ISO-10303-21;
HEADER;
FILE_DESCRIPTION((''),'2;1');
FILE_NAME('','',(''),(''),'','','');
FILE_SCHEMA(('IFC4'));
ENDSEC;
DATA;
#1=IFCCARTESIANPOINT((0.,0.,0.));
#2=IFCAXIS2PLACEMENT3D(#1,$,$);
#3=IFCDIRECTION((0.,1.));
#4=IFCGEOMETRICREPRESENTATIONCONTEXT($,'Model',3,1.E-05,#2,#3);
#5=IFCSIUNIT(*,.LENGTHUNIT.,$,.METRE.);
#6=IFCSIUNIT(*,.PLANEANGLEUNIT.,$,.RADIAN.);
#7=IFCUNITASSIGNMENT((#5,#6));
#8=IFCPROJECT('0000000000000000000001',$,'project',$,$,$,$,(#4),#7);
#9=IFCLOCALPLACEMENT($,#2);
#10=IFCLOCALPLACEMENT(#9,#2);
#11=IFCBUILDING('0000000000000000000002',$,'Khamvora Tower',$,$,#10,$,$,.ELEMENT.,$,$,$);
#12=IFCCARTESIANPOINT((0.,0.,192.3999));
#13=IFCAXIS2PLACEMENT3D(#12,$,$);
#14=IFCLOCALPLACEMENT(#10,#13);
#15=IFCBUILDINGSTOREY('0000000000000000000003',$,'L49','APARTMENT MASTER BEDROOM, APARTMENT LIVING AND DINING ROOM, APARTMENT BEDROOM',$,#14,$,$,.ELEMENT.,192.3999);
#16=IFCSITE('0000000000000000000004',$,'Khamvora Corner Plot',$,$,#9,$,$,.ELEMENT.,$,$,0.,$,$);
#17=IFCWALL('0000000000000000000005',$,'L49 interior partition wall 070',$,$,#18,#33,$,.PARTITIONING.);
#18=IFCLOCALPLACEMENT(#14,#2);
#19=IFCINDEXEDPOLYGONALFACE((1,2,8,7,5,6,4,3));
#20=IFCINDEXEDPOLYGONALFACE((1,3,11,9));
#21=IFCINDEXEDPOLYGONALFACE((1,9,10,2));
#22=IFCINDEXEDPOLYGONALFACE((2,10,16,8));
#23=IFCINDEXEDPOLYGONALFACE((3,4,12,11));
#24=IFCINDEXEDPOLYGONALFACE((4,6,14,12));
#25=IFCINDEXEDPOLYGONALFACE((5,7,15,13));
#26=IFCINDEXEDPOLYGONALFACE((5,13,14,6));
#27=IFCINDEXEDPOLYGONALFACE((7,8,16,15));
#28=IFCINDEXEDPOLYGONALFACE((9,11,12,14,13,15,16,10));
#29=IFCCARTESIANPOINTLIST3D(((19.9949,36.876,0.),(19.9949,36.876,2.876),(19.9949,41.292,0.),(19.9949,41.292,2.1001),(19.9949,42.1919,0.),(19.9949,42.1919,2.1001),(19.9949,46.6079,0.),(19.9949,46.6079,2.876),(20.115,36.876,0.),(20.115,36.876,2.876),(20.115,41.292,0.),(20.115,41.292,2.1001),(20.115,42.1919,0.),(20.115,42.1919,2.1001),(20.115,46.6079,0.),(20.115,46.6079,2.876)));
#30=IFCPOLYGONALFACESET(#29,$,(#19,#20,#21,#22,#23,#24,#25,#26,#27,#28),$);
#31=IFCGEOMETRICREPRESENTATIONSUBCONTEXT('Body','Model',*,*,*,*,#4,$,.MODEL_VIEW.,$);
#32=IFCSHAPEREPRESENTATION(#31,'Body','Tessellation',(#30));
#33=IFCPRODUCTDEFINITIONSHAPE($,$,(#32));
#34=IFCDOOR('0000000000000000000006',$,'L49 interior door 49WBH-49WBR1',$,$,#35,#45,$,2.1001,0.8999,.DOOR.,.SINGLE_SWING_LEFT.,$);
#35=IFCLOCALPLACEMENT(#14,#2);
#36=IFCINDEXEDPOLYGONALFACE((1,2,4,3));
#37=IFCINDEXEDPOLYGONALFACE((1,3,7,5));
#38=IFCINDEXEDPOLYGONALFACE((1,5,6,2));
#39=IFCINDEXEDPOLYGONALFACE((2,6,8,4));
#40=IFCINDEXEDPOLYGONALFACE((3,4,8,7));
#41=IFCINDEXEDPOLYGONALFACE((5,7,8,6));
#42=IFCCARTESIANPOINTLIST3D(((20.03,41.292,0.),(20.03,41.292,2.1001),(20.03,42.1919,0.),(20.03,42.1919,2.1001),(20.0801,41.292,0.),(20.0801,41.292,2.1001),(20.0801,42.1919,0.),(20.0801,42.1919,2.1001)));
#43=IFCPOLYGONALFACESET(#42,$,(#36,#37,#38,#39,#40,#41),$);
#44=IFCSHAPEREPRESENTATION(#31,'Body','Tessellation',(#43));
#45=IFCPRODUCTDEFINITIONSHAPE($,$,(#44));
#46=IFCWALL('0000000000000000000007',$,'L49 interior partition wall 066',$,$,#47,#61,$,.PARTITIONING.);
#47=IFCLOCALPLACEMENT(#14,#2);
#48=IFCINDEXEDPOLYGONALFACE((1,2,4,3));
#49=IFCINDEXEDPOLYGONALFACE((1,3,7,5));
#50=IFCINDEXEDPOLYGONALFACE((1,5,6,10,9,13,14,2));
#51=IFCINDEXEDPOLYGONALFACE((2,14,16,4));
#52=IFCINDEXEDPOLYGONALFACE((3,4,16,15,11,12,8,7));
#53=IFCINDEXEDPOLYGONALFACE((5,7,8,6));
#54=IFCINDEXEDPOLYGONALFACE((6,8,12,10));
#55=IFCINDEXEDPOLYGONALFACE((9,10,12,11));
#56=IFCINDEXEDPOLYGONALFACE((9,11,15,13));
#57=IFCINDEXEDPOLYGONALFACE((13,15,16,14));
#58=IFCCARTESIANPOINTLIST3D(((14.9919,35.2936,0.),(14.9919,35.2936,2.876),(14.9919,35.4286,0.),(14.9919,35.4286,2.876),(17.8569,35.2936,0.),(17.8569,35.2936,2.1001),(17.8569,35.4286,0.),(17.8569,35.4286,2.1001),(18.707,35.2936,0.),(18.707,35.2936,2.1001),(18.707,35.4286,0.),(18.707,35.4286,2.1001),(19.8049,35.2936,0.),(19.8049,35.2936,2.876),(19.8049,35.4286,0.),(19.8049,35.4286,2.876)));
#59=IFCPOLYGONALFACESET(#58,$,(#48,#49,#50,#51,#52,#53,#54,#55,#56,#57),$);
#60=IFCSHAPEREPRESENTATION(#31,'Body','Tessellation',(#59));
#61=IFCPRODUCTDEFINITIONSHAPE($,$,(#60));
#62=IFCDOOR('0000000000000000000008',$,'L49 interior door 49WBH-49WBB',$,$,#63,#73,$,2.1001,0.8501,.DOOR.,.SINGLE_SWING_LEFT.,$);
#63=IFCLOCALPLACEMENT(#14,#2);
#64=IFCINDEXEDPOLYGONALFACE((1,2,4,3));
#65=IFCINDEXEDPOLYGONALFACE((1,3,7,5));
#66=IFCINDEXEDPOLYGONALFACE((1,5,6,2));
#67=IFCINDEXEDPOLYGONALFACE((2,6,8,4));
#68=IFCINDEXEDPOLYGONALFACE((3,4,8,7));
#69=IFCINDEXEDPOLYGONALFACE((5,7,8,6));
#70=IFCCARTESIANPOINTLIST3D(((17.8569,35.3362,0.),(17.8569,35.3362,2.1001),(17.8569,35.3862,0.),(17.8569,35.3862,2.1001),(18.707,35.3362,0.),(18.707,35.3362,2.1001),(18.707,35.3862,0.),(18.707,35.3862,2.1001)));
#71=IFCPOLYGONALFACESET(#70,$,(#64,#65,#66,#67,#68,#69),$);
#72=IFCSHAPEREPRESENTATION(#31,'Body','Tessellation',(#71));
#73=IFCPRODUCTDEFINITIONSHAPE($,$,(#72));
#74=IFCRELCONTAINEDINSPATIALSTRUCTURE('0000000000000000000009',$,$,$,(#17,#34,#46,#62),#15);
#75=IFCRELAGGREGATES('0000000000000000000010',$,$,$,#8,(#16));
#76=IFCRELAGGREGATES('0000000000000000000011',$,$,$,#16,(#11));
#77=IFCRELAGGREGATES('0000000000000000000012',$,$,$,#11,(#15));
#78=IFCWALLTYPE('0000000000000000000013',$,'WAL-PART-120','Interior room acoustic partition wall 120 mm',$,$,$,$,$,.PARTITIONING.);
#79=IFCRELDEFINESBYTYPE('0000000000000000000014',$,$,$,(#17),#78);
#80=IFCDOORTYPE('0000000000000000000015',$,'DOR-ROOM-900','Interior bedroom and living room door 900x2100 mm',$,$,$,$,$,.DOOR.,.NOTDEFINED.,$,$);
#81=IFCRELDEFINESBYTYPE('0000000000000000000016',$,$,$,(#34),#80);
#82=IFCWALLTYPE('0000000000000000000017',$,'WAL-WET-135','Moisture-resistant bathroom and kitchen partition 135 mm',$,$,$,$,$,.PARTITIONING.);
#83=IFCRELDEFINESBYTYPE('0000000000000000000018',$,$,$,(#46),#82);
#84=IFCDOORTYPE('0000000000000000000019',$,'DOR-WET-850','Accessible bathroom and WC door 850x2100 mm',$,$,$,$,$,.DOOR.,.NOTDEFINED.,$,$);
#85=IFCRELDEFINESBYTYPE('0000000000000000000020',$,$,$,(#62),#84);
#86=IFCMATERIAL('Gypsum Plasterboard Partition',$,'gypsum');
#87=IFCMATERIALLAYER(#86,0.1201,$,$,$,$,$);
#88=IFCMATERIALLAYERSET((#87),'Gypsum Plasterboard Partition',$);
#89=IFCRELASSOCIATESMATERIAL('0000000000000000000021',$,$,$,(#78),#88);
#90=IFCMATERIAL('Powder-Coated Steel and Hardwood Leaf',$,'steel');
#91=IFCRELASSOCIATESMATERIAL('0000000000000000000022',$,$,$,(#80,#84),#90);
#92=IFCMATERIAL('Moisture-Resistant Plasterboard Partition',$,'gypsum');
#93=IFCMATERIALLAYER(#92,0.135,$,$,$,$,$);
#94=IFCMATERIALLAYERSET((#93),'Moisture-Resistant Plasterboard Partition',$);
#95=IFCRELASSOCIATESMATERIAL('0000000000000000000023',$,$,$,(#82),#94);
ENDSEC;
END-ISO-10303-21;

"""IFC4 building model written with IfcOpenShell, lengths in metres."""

from ifc_helpers import new_model, si_unit, direction, frame, frame_2d, origin, place, context, subcontext, project, spatial, rectangle, extrude, material, layer, layer_set, type_object, element, fill, save


model = new_model("IFC4")

# Units and contexts
model_context = context("Model", 3, precision=1e-05, world=origin(), true_north=direction((0.0, 1.0)))
body_context = subcontext(model_context, "Body", "Model", "MODEL_VIEW")
ifc_project = project(units=[si_unit("LENGTHUNIT", "METRE"), si_unit("PLANEANGLEUNIT", "RADIAN")], contexts=[model_context])

# Site, building, storey
site_placement = place(None, origin())
site = spatial("IfcSite", under=ifc_project, at=site_placement, Name="Khamvora Corner Plot", CompositionType="ELEMENT", RefElevation=0.0)
building_placement = place(site_placement, origin())
building = spatial("IfcBuilding", under=site, at=building_placement, Name="Khamvora Tower", CompositionType="ELEMENT")
storey_placement = place(building_placement, frame((0.0, 0.0, 192.3999)))
storey = spatial("IfcBuildingStorey", under=building, at=storey_placement, Name="L49", Description="APARTMENT MASTER BEDROOM, APARTMENT LIVING AND DINING ROOM, APARTMENT BEDROOM", CompositionType="ELEMENT", Elevation=192.3999)

# Shared definitions
ifc_material_1 = material(Name="Gypsum Plasterboard Partition", Category="gypsum")
ifc_layer_1 = layer(ifc_material_1, 0.1201)
ifc_layer_set_1 = layer_set([ifc_layer_1], Name="Gypsum Plasterboard Partition")
wall_type_1 = type_object("IfcWallType", Name="WAL-PART-120", Description="Interior room acoustic partition wall 120 mm", PredefinedType="PARTITIONING", material=ifc_layer_set_1)

# Walls, openings, doors
wall_1_placement = place(storey_placement, frame((20.0549, 36.876, 0.0), z_axis=(0.0, 0.0, 1.0), x_axis=(0.0, 1.0, 0.0)))
wall_1 = element("IfcWall", 1, at=wall_1_placement, inside=storey, type_object=wall_type_1, Name="L49 interior partition wall 070", PredefinedType="PARTITIONING", context=body_context, shape_type="SweptSolid", body=[
    extrude(rectangle(XDim=9.7319, YDim=0.1201, at=frame_2d((4.866, 0.0))), origin(), (0.0, 0.0, 1.0), 2.876),
])
opening_1_placement = place(wall_1_placement, frame((4.416, 0.0, 0.0)))
opening_1 = element("IfcOpeningElement", 2, at=opening_1_placement, cuts=wall_1, PredefinedType="OPENING", context=body_context, shape_type="SweptSolid", body=[
    extrude(rectangle(XDim=0.8999, YDim=2.1001, at=frame_2d((0.45, 1.05))), frame((0.0, 0.0701, 0.0), z_axis=(0.0, -1.0, 0.0), x_axis=(1.0, 0.0, 0.0)), (0.0, 0.0, 1.0), 0.1401),
])
ifc_material_2 = material(Name="Powder-Coated Steel and Hardwood Leaf", Category="steel")
door_type_1 = type_object("IfcDoorType", Name="DOR-ROOM-900", Description="Interior bedroom and living room door 900x2100 mm", OperationType="NOTDEFINED", PredefinedType="DOOR", material=ifc_material_2)
door_1_placement = place(opening_1_placement, origin())
door_1 = element("IfcDoor", 3, at=door_1_placement, inside=storey, type_object=door_type_1, Name="L49 interior door 49WBH-49WBR1", OperationType="SINGLE_SWING_LEFT", OverallHeight=2.1001, OverallWidth=0.8999, PredefinedType="DOOR", context=body_context, shape_type="SweptSolid", body=[
    extrude(rectangle(XDim=0.8999, YDim=2.1001, at=frame_2d((0.45, 1.05))), frame((0.0, 0.0249, 0.0), z_axis=(0.0, -1.0, 0.0), x_axis=(1.0, 0.0, 0.0)), (0.0, 0.0, 1.0), 0.05),
])
fill(opening_1, door_1)
ifc_material_3 = material(Name="Moisture-Resistant Plasterboard Partition", Category="gypsum")
ifc_layer_2 = layer(ifc_material_3, 0.135)
ifc_layer_set_2 = layer_set([ifc_layer_2], Name="Moisture-Resistant Plasterboard Partition")
wall_type_2 = type_object("IfcWallType", Name="WAL-WET-135", Description="Moisture-resistant bathroom and kitchen partition 135 mm", PredefinedType="PARTITIONING", material=ifc_layer_set_2)
wall_2_placement = place(storey_placement, frame((19.8049, 35.3611, 0.0), z_axis=(0.0, 0.0, 1.0), x_axis=(-1.0, 0.0, 0.0)))
wall_2 = element("IfcWall", 4, at=wall_2_placement, inside=storey, type_object=wall_type_2, Name="L49 interior partition wall 066", PredefinedType="PARTITIONING", context=body_context, shape_type="SweptSolid", body=[
    extrude(rectangle(XDim=4.813, YDim=0.135, at=frame_2d((2.4065, 0.0))), origin(), (0.0, 0.0, 1.0), 2.876),
])
opening_2_placement = place(wall_2_placement, frame((1.0979, 0.0, 0.0)))
opening_2 = element("IfcOpeningElement", 5, at=opening_2_placement, cuts=wall_2, PredefinedType="OPENING", context=body_context, shape_type="SweptSolid", body=[
    extrude(rectangle(XDim=0.8501, YDim=2.1001, at=frame_2d((0.425, 1.05))), frame((0.0, 0.0774, 0.0), z_axis=(0.0, -1.0, 0.0), x_axis=(1.0, 0.0, 0.0)), (0.0, 0.0, 1.0), 0.155),
])
door_type_2 = type_object("IfcDoorType", Name="DOR-WET-850", Description="Accessible bathroom and WC door 850x2100 mm", OperationType="NOTDEFINED", PredefinedType="DOOR", material=ifc_material_2)
door_2_placement = place(opening_2_placement, origin())
door_2 = element("IfcDoor", 6, at=door_2_placement, inside=storey, type_object=door_type_2, Name="L49 interior door 49WBH-49WBB", OperationType="SINGLE_SWING_LEFT", OverallHeight=2.1001, OverallWidth=0.8501, PredefinedType="DOOR", context=body_context, shape_type="SweptSolid", body=[
    extrude(rectangle(XDim=0.8501, YDim=2.1001, at=frame_2d((0.425, 1.05))), frame((0.0, 0.0249, 0.0), z_axis=(0.0, -1.0, 0.0), x_axis=(1.0, 0.0, 0.0)), (0.0, 0.0, 1.0), 0.05),
])
fill(opening_2, door_2)

save(model, "model.ifc")
